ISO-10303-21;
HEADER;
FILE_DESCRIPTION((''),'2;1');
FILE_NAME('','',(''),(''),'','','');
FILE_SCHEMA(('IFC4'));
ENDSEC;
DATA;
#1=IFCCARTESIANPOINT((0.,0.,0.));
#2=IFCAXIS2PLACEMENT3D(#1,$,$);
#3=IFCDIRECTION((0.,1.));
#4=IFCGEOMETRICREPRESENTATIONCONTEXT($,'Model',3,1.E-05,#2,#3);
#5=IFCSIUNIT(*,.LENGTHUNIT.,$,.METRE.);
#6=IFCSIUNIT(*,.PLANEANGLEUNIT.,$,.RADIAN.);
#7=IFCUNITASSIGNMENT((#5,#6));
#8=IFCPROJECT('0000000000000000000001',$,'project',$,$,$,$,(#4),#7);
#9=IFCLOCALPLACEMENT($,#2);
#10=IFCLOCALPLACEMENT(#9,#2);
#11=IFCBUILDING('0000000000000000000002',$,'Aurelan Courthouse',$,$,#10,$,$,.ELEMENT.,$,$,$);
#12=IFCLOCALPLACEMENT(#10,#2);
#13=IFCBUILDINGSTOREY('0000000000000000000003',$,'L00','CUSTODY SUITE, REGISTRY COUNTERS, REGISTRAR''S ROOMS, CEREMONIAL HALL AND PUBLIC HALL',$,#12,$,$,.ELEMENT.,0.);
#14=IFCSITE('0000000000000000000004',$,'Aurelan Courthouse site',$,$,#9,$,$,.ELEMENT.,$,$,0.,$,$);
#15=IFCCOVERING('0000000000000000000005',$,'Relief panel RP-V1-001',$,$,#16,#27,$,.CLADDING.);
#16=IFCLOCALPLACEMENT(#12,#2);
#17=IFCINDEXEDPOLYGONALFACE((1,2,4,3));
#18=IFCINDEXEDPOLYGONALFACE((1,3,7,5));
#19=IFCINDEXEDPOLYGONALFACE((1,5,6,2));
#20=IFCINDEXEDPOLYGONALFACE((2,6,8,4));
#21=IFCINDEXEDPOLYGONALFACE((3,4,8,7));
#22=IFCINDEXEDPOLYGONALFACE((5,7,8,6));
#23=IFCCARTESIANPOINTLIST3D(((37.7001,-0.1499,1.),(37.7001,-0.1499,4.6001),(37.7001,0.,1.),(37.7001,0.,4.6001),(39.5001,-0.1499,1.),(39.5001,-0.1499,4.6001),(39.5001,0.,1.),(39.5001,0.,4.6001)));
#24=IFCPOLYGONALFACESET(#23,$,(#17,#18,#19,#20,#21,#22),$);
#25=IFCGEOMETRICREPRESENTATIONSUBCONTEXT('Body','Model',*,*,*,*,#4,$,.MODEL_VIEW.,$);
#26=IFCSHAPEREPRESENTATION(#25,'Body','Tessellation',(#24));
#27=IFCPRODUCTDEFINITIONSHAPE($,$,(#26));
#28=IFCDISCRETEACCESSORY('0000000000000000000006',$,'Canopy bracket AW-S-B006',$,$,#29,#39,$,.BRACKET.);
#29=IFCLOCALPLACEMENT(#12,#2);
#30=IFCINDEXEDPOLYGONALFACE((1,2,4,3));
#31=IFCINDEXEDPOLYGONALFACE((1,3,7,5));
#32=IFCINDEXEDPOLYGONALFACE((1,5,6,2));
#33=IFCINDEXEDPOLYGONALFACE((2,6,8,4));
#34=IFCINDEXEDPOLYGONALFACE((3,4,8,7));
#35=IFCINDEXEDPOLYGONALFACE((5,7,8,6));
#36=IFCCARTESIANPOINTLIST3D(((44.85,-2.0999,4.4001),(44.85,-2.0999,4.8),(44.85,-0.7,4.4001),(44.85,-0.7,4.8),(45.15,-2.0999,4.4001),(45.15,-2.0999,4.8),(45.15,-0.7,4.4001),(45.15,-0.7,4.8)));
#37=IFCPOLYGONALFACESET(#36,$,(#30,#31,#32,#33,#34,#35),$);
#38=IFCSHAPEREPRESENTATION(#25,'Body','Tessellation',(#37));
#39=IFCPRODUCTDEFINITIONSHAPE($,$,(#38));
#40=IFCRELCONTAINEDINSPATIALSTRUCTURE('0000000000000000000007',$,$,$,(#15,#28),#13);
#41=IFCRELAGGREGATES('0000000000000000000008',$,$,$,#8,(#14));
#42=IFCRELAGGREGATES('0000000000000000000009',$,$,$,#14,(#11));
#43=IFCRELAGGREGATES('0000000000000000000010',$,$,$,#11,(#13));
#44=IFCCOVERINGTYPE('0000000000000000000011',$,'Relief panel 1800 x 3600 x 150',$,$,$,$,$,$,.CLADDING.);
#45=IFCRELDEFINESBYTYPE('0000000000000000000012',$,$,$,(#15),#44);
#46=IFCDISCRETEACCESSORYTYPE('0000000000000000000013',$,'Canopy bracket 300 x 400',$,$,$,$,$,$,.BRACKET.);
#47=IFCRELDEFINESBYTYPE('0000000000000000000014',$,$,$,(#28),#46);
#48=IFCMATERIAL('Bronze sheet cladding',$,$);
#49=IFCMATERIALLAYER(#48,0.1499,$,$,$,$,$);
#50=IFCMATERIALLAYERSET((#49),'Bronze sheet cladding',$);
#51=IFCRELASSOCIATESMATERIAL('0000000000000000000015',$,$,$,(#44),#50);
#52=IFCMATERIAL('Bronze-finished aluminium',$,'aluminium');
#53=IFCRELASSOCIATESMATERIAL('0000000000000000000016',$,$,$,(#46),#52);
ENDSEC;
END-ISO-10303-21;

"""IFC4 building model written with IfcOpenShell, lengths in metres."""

from ifc_helpers import new_model, si_unit, direction, frame, origin, origin_2d, place, context, subcontext, project, spatial, rectangle, extrude, material, layer, layer_set, type_object, element, save


model = new_model("IFC4")

# Units and contexts
model_context = context("Model", 3, precision=1e-05, world=origin(), true_north=direction((0.0, 1.0)))
body_context = subcontext(model_context, "Body", "Model", "MODEL_VIEW")
ifc_project = project(units=[si_unit("LENGTHUNIT", "METRE"), si_unit("PLANEANGLEUNIT", "RADIAN")], contexts=[model_context])

# Site, building, storey
site_placement = place(None, origin())
site = spatial("IfcSite", under=ifc_project, at=site_placement, Name="Aurelan Courthouse site", CompositionType="ELEMENT", RefElevation=0.0)
building_placement = place(site_placement, origin())
building = spatial("IfcBuilding", under=site, at=building_placement, Name="Aurelan Courthouse", CompositionType="ELEMENT")
storey_placement = place(building_placement, origin())
storey = spatial("IfcBuildingStorey", under=building, at=storey_placement, Name="L00", Description="CUSTODY SUITE, REGISTRY COUNTERS, REGISTRAR'S ROOMS, CEREMONIAL HALL AND PUBLIC HALL", CompositionType="ELEMENT", Elevation=0.0)

# Covering
ifc_material_1 = material(Name="Bronze sheet cladding")
ifc_layer_1 = layer(ifc_material_1, 0.1499)
ifc_layer_set_1 = layer_set([ifc_layer_1], Name="Bronze sheet cladding")
covering_type_1 = type_object("IfcCoveringType", Name="Relief panel 1800 x 3600 x 150", PredefinedType="CLADDING", material=ifc_layer_set_1)
covering_1_placement = place(storey_placement, frame((38.6001, -0.075, 1.0), z_axis=(0.0, 0.0, 1.0), x_axis=(1.0, 0.0, 0.0)))
element("IfcCovering", 1, at=covering_1_placement, inside=storey, type_object=covering_type_1, Name="Relief panel RP-V1-001", PredefinedType="CLADDING", context=body_context, shape_type="SweptSolid", body=[
    extrude(rectangle(XDim=1.8, YDim=0.1499, at=origin_2d()), origin(), (0.0, 0.0, 1.0), 3.6001),
])

# Discrete accessory
ifc_material_2 = material(Name="Bronze-finished aluminium", Category="aluminium")
discrete_accessory_type = type_object("IfcDiscreteAccessoryType", Name="Canopy bracket 300 x 400", PredefinedType="BRACKET", material=ifc_material_2)
discrete_accessory_placement = place(storey_placement, frame((45.0, -1.3999, 4.4001), z_axis=(0.0, 0.0, 1.0), x_axis=(1.0, 0.0, 0.0)))
element("IfcDiscreteAccessory", 2, at=discrete_accessory_placement, inside=storey, type_object=discrete_accessory_type, Name="Canopy bracket AW-S-B006", PredefinedType="BRACKET", context=body_context, shape_type="SweptSolid", body=[
    extrude(rectangle(XDim=0.3, YDim=1.3999, at=origin_2d()), origin(), (0.0, 0.0, 1.0), 0.3999),
])

save(model, "model.ifc")
